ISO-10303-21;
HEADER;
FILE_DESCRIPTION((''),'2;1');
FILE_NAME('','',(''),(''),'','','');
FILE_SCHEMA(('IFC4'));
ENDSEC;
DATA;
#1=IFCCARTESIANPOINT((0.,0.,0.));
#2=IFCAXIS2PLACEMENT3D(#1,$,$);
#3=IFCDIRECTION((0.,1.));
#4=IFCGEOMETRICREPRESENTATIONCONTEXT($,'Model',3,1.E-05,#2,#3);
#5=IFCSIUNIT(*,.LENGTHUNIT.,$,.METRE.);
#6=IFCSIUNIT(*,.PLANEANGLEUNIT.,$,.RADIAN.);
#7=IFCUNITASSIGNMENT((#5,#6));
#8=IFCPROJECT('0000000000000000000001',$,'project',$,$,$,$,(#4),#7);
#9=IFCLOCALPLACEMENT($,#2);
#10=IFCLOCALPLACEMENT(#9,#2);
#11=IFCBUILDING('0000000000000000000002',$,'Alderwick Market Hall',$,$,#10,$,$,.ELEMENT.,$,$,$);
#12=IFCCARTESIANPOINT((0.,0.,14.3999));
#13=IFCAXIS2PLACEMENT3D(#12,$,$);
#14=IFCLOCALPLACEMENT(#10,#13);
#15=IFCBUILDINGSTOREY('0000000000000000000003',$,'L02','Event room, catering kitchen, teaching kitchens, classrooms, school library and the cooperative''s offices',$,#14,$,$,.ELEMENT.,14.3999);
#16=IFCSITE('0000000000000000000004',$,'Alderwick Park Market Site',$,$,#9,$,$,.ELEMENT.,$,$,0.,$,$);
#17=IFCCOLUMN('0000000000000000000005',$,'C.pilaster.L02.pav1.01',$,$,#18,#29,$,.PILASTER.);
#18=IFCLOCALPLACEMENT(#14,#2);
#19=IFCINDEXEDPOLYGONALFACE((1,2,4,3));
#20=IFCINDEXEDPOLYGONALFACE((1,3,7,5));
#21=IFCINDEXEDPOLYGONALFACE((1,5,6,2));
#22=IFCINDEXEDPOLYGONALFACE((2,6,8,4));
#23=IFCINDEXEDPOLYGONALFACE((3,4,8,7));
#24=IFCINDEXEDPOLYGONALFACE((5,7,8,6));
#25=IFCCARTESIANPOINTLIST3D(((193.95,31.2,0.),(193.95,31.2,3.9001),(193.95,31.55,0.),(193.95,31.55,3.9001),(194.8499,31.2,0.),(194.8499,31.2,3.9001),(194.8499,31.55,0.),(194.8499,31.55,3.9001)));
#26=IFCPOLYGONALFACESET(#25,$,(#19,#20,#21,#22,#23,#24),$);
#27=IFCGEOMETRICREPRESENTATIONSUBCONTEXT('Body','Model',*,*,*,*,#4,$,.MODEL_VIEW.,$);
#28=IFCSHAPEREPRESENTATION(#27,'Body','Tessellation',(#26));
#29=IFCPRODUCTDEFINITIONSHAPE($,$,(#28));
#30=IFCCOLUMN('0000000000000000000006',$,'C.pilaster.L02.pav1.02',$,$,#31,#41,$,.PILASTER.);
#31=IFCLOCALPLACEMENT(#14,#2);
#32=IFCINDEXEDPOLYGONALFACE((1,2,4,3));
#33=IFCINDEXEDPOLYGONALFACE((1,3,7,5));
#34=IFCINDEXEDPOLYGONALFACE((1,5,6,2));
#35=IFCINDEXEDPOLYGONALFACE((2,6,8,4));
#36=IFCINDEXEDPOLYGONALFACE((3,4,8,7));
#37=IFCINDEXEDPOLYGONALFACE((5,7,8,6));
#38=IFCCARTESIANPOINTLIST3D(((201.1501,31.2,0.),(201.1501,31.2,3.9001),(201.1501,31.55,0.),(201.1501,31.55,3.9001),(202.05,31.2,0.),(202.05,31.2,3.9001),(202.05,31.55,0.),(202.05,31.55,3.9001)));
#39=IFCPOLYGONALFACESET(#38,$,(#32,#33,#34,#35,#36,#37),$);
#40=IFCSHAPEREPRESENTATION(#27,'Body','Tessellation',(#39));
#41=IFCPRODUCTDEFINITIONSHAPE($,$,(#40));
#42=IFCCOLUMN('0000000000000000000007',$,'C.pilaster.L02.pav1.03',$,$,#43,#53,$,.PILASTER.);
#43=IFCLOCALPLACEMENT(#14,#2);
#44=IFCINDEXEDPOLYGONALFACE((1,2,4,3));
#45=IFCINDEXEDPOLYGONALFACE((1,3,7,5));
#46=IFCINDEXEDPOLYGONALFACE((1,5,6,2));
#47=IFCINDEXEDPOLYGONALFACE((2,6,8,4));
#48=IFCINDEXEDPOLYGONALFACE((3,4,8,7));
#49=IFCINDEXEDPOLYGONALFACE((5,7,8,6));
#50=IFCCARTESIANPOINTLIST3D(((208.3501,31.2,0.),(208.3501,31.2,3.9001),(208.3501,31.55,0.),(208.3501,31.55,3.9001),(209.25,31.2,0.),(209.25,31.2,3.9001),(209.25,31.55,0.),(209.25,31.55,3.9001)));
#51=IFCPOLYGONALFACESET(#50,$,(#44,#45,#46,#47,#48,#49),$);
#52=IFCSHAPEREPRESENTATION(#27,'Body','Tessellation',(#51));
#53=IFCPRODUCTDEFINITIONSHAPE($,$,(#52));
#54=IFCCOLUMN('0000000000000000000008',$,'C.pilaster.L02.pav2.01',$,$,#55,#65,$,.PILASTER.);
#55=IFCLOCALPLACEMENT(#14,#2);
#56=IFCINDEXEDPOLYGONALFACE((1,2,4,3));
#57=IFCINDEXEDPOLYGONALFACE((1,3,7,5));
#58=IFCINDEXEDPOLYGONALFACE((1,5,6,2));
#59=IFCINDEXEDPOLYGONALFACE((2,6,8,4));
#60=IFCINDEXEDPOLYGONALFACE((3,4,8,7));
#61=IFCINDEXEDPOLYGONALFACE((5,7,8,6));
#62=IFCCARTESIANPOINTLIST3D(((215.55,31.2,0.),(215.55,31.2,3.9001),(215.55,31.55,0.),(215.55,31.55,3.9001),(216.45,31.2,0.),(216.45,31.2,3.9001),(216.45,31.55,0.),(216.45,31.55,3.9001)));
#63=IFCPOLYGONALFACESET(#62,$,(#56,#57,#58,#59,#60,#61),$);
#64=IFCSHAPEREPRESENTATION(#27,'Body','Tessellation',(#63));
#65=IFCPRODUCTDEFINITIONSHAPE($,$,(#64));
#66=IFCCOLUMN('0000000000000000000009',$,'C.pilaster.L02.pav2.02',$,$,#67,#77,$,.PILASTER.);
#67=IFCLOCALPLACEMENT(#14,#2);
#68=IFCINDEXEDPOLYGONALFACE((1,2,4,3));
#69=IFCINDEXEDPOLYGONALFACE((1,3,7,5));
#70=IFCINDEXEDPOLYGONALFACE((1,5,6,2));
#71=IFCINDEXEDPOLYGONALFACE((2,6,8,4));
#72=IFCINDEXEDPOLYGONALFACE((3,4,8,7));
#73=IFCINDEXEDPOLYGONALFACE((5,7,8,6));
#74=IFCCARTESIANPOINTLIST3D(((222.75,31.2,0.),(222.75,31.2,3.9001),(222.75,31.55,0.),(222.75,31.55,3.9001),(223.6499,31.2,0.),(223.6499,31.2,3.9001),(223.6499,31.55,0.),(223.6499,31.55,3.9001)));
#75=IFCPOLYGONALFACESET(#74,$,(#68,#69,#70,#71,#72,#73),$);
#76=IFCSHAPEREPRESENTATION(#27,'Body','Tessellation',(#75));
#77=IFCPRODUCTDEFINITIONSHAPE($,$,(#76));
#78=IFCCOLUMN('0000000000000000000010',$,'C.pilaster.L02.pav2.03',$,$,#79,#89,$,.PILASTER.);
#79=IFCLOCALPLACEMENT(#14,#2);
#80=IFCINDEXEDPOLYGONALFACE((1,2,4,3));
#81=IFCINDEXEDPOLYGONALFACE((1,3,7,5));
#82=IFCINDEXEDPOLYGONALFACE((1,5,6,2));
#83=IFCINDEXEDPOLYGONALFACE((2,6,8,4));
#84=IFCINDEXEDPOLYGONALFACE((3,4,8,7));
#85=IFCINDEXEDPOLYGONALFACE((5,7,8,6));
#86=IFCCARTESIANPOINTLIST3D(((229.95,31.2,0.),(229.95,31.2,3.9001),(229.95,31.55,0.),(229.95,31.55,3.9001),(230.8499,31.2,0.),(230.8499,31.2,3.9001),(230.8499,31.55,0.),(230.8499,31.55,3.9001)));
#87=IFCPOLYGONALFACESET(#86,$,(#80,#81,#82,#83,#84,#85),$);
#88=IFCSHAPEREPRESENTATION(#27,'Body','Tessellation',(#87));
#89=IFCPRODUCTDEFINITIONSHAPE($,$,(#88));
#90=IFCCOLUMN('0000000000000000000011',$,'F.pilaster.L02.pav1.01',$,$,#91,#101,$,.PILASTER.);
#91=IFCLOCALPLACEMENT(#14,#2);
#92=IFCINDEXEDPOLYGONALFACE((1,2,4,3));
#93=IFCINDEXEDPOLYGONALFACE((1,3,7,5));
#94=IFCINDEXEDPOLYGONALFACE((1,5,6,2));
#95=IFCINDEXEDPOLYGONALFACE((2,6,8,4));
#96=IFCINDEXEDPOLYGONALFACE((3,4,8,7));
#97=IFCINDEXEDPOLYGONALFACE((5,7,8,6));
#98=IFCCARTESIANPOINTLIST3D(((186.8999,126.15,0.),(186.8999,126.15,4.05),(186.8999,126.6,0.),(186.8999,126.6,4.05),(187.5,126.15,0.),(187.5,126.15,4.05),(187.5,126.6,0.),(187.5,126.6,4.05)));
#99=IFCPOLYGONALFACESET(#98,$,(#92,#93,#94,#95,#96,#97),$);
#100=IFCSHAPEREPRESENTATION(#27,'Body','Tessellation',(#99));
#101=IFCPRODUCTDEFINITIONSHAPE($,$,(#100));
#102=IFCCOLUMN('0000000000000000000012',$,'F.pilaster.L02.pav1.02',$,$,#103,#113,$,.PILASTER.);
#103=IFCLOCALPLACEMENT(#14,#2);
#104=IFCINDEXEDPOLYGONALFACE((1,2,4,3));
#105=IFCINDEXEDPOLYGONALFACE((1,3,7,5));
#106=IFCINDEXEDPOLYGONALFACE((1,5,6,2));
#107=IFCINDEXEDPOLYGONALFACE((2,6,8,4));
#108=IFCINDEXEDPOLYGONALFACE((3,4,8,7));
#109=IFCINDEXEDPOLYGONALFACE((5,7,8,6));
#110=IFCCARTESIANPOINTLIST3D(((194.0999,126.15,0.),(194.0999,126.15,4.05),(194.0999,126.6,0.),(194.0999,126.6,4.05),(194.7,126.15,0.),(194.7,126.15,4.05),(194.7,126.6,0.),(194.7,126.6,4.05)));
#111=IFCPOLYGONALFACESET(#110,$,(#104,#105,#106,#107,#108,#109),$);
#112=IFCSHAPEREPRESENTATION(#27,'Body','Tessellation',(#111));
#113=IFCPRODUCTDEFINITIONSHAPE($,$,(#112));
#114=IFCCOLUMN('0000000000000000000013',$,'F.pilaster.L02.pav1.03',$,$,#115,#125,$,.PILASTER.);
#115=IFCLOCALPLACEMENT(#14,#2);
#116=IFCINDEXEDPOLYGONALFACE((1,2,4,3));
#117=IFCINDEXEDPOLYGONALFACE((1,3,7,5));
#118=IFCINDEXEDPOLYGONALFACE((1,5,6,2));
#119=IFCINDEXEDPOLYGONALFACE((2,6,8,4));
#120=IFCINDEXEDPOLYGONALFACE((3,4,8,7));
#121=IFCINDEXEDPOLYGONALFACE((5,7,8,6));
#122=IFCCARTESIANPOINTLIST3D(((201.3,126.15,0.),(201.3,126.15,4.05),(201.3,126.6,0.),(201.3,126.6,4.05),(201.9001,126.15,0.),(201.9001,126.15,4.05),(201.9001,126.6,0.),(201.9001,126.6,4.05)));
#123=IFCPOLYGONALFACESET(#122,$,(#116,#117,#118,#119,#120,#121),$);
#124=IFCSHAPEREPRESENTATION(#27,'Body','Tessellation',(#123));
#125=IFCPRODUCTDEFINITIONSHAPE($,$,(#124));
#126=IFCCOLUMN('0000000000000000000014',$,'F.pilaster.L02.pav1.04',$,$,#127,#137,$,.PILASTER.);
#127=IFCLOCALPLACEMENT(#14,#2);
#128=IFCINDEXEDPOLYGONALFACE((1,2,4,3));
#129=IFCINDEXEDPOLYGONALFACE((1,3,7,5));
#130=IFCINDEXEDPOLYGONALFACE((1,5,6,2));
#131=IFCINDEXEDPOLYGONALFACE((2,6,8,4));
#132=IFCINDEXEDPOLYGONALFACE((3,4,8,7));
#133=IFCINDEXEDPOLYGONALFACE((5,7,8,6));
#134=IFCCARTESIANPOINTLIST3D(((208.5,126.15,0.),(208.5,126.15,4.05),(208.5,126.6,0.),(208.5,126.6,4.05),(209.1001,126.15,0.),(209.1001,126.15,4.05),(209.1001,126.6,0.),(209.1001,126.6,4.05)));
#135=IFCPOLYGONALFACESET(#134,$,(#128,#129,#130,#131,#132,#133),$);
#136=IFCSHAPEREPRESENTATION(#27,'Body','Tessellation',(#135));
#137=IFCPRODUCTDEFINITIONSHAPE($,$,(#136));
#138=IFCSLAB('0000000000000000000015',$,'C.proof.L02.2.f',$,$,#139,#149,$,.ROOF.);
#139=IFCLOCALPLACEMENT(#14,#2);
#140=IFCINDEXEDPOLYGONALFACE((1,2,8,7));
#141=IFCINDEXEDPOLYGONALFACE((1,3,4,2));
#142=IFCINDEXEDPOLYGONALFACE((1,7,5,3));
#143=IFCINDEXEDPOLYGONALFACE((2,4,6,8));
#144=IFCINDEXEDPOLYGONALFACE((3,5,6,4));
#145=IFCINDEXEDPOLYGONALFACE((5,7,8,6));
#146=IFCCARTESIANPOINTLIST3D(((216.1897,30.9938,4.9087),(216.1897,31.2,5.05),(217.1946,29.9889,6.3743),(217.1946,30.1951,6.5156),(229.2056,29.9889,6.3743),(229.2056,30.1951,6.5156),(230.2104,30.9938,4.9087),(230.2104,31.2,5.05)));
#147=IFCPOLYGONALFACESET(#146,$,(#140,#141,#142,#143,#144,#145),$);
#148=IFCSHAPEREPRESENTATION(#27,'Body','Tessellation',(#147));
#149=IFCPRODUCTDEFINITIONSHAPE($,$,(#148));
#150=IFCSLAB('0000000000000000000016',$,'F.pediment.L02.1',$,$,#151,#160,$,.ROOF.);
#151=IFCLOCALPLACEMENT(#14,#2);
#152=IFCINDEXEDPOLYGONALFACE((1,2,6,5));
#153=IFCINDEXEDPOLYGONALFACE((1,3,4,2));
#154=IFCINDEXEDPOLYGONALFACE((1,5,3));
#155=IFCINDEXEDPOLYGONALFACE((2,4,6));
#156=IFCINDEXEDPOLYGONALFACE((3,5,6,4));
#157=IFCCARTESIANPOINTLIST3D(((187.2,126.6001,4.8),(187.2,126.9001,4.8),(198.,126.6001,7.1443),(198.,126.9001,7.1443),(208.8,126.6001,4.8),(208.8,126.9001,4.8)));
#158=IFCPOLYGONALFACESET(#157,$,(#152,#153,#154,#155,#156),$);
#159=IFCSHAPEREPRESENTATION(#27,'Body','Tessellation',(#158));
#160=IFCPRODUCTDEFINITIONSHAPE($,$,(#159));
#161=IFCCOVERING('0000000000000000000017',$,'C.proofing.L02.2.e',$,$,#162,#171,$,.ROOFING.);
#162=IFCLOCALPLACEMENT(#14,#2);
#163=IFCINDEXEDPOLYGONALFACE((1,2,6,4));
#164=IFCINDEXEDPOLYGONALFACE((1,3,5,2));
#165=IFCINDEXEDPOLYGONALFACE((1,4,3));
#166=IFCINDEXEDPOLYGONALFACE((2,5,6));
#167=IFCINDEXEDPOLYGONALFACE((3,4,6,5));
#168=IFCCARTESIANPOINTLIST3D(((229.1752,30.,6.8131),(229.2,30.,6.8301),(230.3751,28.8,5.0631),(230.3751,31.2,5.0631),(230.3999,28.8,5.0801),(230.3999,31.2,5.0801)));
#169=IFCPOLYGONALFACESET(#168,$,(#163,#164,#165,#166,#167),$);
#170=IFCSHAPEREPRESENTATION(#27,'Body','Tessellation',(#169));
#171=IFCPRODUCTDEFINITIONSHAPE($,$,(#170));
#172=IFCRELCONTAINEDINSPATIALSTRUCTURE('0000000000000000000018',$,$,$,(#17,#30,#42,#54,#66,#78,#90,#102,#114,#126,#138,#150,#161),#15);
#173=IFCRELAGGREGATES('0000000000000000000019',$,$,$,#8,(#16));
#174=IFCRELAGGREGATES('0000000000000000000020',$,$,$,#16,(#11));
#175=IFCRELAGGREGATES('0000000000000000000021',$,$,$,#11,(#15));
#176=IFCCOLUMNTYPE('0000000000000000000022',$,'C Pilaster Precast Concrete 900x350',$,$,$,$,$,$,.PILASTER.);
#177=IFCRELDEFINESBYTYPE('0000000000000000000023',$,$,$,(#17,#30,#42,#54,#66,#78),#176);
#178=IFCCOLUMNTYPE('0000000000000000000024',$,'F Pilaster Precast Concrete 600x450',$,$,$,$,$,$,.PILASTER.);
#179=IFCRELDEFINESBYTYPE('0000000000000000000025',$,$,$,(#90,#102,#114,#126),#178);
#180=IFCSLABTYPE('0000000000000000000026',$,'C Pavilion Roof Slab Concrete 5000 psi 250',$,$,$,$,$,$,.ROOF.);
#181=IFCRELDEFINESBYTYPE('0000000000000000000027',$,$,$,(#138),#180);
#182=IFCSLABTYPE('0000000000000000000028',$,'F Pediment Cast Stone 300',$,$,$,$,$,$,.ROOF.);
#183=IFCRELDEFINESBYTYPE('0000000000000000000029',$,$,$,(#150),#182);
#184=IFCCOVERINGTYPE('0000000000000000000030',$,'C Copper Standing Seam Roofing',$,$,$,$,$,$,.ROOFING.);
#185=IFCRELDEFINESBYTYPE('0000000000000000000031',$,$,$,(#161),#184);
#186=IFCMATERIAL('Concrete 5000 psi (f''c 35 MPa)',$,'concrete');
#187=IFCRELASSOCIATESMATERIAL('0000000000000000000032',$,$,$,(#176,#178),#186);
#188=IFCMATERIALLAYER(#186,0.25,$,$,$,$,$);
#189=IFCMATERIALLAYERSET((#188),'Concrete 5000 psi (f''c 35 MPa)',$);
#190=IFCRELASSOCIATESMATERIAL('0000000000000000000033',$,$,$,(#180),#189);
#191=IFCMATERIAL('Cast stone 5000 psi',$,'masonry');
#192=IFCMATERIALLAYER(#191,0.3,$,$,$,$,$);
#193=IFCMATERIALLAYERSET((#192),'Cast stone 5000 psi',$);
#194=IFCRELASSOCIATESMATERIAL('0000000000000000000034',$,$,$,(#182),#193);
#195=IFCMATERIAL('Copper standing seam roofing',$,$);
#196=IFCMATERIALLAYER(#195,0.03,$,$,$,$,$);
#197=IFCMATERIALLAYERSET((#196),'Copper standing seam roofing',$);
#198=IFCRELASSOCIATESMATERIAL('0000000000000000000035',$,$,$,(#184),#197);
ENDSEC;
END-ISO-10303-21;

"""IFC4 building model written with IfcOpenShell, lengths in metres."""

from ifc_helpers import new_model, si_unit, direction, frame, origin, origin_2d, place, context, subcontext, project, spatial, polyline, rectangle, outline, extrude, material, layer, layer_set, material_profile, profile_set, type_object, element, save


model = new_model("IFC4")

# Units and contexts
model_context = context("Model", 3, precision=1e-05, world=origin(), true_north=direction((0.0, 1.0)))
body_context = subcontext(model_context, "Body", "Model", "MODEL_VIEW")
ifc_project = project(units=[si_unit("LENGTHUNIT", "METRE"), si_unit("PLANEANGLEUNIT", "RADIAN")], contexts=[model_context])

# Site, building, storey
site_placement = place(None, origin())
site = spatial("IfcSite", under=ifc_project, at=site_placement, Name="Alderwick Park Market Site", CompositionType="ELEMENT", RefElevation=0.0)
building_placement = place(site_placement, origin())
building = spatial("IfcBuilding", under=site, at=building_placement, Name="Alderwick Market Hall", CompositionType="ELEMENT")
storey_placement = place(building_placement, frame((0.0, 0.0, 14.3999)))
storey = spatial("IfcBuildingStorey", under=building, at=storey_placement, Name="L02", Description="Event room, catering kitchen, teaching kitchens, classrooms, school library and the cooperative's offices", CompositionType="ELEMENT", Elevation=14.3999)

# Columns
ifc_material_1 = material(Name="Concrete 5000 psi (f'c 35 MPa)", Category="concrete")
ifc_material_profile_1 = material_profile(ifc_material_1, rectangle(XDim=0.8999, YDim=0.3501, at=origin_2d()), Name="PC 900x350")
ifc_profile_set_1 = profile_set([ifc_material_profile_1], Name="Concrete 5000 psi (f'c 35 MPa)")
column_type_1 = type_object("IfcColumnType", Name="C Pilaster Precast Concrete 900x350", PredefinedType="PILASTER", material=ifc_profile_set_1)
for number, where, z_axis, x_axis, name in (
    (1, (194.3999, 31.375, 0.0), (0.0, 0.0, 1.0), (1.0, 0.0, 0.0), "C.pilaster.L02.pav1.01"),
    (2, (201.6001, 31.375, 0.0), (0.0, 0.0, 1.0), (1.0, 0.0, 0.0), "C.pilaster.L02.pav1.02"),
    (3, (208.8, 31.375, 0.0), (0.0, 0.0, 1.0), (1.0, 0.0, 0.0), "C.pilaster.L02.pav1.03"),
    (4, (216.0, 31.375, 0.0), (0.0, 0.0, 1.0), (1.0, 0.0, 0.0), "C.pilaster.L02.pav2.01"),
    (5, (223.2, 31.375, 0.0), (0.0, 0.0, 1.0), (1.0, 0.0, 0.0), "C.pilaster.L02.pav2.02"),
    (6, (230.3999, 31.375, 0.0), (0.0, 0.0, 1.0), (1.0, 0.0, 0.0), "C.pilaster.L02.pav2.03"),
):
    element("IfcColumn", number, at=place(storey_placement, frame(where, z_axis=z_axis, x_axis=x_axis)), inside=storey, type_object=column_type_1, Name=name, PredefinedType="PILASTER", context=body_context, shape_type="SweptSolid", body=[
        extrude(rectangle(XDim=0.8999, YDim=0.3501, at=origin_2d()), origin(), (0.0, 0.0, 1.0), 3.9001),
    ])
ifc_material_profile_2 = material_profile(ifc_material_1, rectangle(XDim=0.6001, YDim=0.45, at=origin_2d()), Name="PC 600x450")
ifc_profile_set_2 = profile_set([ifc_material_profile_2], Name="Concrete 5000 psi (f'c 35 MPa)")
column_type_2 = type_object("IfcColumnType", Name="F Pilaster Precast Concrete 600x450", PredefinedType="PILASTER", material=ifc_profile_set_2)
for number, where, z_axis, x_axis, name in (
    (7, (187.2, 126.375, 0.0), (0.0, 0.0, 1.0), (1.0, 0.0, 0.0), "F.pilaster.L02.pav1.01"),
    (8, (194.3999, 126.375, 0.0), (0.0, 0.0, 1.0), (1.0, 0.0, 0.0), "F.pilaster.L02.pav1.02"),
    (9, (201.6001, 126.375, 0.0), (0.0, 0.0, 1.0), (1.0, 0.0, 0.0), "F.pilaster.L02.pav1.03"),
    (10, (208.8, 126.375, 0.0), (0.0, 0.0, 1.0), (1.0, 0.0, 0.0), "F.pilaster.L02.pav1.04"),
):
    element("IfcColumn", number, at=place(storey_placement, frame(where, z_axis=z_axis, x_axis=x_axis)), inside=storey, type_object=column_type_2, Name=name, PredefinedType="PILASTER", context=body_context, shape_type="SweptSolid", body=[
        extrude(rectangle(XDim=0.6001, YDim=0.45, at=origin_2d()), origin(), (0.0, 0.0, 1.0), 4.05),
    ])

# Slabs
ifc_layer_1 = layer(ifc_material_1, 0.25)
ifc_layer_set_1 = layer_set([ifc_layer_1], Name="Concrete 5000 psi (f'c 35 MPa)")
slab_type_1 = type_object("IfcSlabType", Name="C Pavilion Roof Slab Concrete 5000 psi 250", PredefinedType="ROOF", material=ifc_layer_set_1)
slab_1_placement = place(storey_placement, frame((216.1897, 31.2, 5.05), z_axis=(0.0, 0.824751, 0.565496), x_axis=(1.0, 0.0, 0.0)))
element("IfcSlab", 11, at=slab_1_placement, inside=storey, type_object=slab_type_1, Name="C.proof.L02.2.f", PredefinedType="ROOF", context=body_context, shape_type="SweptSolid", body=[
    extrude(outline(polyline([(0.0, 0.0), (14.0208, 0.0), (13.0159, -1.777), (1.0049, -1.777), (0.0, 0.0)])), origin(), (0.0, 0.0, -1.0), 0.25),
])
ifc_material_2 = material(Name="Cast stone 5000 psi", Category="masonry")
ifc_layer_2 = layer(ifc_material_2, 0.3)
ifc_layer_set_2 = layer_set([ifc_layer_2], Name="Cast stone 5000 psi")
slab_type_2 = type_object("IfcSlabType", Name="F Pediment Cast Stone 300", PredefinedType="ROOF", material=ifc_layer_set_2)
slab_2_placement = place(storey_placement, frame((187.2, 126.6001, 4.8), z_axis=(0.0, -1.0, 0.0), x_axis=(1.0, 0.0, 0.0)))
element("IfcSlab", 12, at=slab_2_placement, inside=storey, type_object=slab_type_2, Name="F.pediment.L02.1", PredefinedType="ROOF", context=body_context, shape_type="SweptSolid", body=[
    extrude(outline(polyline([(0.0, 0.0), (21.6001, 0.0), (10.8, 2.3442), (0.0, 0.0)])), origin(), (0.0, 0.0, -1.0), 0.3),
])

# Covering
ifc_material_3 = material(Name="Copper standing seam roofing")
ifc_layer_3 = layer(ifc_material_3, 0.03)
ifc_layer_set_3 = layer_set([ifc_layer_3], Name="Copper standing seam roofing")
covering_type = type_object("IfcCoveringType", Name="C Copper Standing Seam Roofing", PredefinedType="ROOFING", material=ifc_layer_set_3)
covering_placement = place(storey_placement, frame((230.3999, 31.2, 5.0801), z_axis=(0.82474, 0.0, 0.565513), x_axis=(0.0, -1.0, 0.0)))
element("IfcCovering", 13, at=covering_placement, inside=storey, type_object=covering_type, Name="C.proofing.L02.2.e", PredefinedType="ROOFING", context=body_context, shape_type="SweptSolid", body=[
    extrude(outline(polyline([(0.0, 0.0), (2.3999, 0.0), (1.2, -2.1219), (0.0, 0.0)])), origin(), (0.0, 0.0, -1.0), 0.03),
])

save(model, "model.ifc")
